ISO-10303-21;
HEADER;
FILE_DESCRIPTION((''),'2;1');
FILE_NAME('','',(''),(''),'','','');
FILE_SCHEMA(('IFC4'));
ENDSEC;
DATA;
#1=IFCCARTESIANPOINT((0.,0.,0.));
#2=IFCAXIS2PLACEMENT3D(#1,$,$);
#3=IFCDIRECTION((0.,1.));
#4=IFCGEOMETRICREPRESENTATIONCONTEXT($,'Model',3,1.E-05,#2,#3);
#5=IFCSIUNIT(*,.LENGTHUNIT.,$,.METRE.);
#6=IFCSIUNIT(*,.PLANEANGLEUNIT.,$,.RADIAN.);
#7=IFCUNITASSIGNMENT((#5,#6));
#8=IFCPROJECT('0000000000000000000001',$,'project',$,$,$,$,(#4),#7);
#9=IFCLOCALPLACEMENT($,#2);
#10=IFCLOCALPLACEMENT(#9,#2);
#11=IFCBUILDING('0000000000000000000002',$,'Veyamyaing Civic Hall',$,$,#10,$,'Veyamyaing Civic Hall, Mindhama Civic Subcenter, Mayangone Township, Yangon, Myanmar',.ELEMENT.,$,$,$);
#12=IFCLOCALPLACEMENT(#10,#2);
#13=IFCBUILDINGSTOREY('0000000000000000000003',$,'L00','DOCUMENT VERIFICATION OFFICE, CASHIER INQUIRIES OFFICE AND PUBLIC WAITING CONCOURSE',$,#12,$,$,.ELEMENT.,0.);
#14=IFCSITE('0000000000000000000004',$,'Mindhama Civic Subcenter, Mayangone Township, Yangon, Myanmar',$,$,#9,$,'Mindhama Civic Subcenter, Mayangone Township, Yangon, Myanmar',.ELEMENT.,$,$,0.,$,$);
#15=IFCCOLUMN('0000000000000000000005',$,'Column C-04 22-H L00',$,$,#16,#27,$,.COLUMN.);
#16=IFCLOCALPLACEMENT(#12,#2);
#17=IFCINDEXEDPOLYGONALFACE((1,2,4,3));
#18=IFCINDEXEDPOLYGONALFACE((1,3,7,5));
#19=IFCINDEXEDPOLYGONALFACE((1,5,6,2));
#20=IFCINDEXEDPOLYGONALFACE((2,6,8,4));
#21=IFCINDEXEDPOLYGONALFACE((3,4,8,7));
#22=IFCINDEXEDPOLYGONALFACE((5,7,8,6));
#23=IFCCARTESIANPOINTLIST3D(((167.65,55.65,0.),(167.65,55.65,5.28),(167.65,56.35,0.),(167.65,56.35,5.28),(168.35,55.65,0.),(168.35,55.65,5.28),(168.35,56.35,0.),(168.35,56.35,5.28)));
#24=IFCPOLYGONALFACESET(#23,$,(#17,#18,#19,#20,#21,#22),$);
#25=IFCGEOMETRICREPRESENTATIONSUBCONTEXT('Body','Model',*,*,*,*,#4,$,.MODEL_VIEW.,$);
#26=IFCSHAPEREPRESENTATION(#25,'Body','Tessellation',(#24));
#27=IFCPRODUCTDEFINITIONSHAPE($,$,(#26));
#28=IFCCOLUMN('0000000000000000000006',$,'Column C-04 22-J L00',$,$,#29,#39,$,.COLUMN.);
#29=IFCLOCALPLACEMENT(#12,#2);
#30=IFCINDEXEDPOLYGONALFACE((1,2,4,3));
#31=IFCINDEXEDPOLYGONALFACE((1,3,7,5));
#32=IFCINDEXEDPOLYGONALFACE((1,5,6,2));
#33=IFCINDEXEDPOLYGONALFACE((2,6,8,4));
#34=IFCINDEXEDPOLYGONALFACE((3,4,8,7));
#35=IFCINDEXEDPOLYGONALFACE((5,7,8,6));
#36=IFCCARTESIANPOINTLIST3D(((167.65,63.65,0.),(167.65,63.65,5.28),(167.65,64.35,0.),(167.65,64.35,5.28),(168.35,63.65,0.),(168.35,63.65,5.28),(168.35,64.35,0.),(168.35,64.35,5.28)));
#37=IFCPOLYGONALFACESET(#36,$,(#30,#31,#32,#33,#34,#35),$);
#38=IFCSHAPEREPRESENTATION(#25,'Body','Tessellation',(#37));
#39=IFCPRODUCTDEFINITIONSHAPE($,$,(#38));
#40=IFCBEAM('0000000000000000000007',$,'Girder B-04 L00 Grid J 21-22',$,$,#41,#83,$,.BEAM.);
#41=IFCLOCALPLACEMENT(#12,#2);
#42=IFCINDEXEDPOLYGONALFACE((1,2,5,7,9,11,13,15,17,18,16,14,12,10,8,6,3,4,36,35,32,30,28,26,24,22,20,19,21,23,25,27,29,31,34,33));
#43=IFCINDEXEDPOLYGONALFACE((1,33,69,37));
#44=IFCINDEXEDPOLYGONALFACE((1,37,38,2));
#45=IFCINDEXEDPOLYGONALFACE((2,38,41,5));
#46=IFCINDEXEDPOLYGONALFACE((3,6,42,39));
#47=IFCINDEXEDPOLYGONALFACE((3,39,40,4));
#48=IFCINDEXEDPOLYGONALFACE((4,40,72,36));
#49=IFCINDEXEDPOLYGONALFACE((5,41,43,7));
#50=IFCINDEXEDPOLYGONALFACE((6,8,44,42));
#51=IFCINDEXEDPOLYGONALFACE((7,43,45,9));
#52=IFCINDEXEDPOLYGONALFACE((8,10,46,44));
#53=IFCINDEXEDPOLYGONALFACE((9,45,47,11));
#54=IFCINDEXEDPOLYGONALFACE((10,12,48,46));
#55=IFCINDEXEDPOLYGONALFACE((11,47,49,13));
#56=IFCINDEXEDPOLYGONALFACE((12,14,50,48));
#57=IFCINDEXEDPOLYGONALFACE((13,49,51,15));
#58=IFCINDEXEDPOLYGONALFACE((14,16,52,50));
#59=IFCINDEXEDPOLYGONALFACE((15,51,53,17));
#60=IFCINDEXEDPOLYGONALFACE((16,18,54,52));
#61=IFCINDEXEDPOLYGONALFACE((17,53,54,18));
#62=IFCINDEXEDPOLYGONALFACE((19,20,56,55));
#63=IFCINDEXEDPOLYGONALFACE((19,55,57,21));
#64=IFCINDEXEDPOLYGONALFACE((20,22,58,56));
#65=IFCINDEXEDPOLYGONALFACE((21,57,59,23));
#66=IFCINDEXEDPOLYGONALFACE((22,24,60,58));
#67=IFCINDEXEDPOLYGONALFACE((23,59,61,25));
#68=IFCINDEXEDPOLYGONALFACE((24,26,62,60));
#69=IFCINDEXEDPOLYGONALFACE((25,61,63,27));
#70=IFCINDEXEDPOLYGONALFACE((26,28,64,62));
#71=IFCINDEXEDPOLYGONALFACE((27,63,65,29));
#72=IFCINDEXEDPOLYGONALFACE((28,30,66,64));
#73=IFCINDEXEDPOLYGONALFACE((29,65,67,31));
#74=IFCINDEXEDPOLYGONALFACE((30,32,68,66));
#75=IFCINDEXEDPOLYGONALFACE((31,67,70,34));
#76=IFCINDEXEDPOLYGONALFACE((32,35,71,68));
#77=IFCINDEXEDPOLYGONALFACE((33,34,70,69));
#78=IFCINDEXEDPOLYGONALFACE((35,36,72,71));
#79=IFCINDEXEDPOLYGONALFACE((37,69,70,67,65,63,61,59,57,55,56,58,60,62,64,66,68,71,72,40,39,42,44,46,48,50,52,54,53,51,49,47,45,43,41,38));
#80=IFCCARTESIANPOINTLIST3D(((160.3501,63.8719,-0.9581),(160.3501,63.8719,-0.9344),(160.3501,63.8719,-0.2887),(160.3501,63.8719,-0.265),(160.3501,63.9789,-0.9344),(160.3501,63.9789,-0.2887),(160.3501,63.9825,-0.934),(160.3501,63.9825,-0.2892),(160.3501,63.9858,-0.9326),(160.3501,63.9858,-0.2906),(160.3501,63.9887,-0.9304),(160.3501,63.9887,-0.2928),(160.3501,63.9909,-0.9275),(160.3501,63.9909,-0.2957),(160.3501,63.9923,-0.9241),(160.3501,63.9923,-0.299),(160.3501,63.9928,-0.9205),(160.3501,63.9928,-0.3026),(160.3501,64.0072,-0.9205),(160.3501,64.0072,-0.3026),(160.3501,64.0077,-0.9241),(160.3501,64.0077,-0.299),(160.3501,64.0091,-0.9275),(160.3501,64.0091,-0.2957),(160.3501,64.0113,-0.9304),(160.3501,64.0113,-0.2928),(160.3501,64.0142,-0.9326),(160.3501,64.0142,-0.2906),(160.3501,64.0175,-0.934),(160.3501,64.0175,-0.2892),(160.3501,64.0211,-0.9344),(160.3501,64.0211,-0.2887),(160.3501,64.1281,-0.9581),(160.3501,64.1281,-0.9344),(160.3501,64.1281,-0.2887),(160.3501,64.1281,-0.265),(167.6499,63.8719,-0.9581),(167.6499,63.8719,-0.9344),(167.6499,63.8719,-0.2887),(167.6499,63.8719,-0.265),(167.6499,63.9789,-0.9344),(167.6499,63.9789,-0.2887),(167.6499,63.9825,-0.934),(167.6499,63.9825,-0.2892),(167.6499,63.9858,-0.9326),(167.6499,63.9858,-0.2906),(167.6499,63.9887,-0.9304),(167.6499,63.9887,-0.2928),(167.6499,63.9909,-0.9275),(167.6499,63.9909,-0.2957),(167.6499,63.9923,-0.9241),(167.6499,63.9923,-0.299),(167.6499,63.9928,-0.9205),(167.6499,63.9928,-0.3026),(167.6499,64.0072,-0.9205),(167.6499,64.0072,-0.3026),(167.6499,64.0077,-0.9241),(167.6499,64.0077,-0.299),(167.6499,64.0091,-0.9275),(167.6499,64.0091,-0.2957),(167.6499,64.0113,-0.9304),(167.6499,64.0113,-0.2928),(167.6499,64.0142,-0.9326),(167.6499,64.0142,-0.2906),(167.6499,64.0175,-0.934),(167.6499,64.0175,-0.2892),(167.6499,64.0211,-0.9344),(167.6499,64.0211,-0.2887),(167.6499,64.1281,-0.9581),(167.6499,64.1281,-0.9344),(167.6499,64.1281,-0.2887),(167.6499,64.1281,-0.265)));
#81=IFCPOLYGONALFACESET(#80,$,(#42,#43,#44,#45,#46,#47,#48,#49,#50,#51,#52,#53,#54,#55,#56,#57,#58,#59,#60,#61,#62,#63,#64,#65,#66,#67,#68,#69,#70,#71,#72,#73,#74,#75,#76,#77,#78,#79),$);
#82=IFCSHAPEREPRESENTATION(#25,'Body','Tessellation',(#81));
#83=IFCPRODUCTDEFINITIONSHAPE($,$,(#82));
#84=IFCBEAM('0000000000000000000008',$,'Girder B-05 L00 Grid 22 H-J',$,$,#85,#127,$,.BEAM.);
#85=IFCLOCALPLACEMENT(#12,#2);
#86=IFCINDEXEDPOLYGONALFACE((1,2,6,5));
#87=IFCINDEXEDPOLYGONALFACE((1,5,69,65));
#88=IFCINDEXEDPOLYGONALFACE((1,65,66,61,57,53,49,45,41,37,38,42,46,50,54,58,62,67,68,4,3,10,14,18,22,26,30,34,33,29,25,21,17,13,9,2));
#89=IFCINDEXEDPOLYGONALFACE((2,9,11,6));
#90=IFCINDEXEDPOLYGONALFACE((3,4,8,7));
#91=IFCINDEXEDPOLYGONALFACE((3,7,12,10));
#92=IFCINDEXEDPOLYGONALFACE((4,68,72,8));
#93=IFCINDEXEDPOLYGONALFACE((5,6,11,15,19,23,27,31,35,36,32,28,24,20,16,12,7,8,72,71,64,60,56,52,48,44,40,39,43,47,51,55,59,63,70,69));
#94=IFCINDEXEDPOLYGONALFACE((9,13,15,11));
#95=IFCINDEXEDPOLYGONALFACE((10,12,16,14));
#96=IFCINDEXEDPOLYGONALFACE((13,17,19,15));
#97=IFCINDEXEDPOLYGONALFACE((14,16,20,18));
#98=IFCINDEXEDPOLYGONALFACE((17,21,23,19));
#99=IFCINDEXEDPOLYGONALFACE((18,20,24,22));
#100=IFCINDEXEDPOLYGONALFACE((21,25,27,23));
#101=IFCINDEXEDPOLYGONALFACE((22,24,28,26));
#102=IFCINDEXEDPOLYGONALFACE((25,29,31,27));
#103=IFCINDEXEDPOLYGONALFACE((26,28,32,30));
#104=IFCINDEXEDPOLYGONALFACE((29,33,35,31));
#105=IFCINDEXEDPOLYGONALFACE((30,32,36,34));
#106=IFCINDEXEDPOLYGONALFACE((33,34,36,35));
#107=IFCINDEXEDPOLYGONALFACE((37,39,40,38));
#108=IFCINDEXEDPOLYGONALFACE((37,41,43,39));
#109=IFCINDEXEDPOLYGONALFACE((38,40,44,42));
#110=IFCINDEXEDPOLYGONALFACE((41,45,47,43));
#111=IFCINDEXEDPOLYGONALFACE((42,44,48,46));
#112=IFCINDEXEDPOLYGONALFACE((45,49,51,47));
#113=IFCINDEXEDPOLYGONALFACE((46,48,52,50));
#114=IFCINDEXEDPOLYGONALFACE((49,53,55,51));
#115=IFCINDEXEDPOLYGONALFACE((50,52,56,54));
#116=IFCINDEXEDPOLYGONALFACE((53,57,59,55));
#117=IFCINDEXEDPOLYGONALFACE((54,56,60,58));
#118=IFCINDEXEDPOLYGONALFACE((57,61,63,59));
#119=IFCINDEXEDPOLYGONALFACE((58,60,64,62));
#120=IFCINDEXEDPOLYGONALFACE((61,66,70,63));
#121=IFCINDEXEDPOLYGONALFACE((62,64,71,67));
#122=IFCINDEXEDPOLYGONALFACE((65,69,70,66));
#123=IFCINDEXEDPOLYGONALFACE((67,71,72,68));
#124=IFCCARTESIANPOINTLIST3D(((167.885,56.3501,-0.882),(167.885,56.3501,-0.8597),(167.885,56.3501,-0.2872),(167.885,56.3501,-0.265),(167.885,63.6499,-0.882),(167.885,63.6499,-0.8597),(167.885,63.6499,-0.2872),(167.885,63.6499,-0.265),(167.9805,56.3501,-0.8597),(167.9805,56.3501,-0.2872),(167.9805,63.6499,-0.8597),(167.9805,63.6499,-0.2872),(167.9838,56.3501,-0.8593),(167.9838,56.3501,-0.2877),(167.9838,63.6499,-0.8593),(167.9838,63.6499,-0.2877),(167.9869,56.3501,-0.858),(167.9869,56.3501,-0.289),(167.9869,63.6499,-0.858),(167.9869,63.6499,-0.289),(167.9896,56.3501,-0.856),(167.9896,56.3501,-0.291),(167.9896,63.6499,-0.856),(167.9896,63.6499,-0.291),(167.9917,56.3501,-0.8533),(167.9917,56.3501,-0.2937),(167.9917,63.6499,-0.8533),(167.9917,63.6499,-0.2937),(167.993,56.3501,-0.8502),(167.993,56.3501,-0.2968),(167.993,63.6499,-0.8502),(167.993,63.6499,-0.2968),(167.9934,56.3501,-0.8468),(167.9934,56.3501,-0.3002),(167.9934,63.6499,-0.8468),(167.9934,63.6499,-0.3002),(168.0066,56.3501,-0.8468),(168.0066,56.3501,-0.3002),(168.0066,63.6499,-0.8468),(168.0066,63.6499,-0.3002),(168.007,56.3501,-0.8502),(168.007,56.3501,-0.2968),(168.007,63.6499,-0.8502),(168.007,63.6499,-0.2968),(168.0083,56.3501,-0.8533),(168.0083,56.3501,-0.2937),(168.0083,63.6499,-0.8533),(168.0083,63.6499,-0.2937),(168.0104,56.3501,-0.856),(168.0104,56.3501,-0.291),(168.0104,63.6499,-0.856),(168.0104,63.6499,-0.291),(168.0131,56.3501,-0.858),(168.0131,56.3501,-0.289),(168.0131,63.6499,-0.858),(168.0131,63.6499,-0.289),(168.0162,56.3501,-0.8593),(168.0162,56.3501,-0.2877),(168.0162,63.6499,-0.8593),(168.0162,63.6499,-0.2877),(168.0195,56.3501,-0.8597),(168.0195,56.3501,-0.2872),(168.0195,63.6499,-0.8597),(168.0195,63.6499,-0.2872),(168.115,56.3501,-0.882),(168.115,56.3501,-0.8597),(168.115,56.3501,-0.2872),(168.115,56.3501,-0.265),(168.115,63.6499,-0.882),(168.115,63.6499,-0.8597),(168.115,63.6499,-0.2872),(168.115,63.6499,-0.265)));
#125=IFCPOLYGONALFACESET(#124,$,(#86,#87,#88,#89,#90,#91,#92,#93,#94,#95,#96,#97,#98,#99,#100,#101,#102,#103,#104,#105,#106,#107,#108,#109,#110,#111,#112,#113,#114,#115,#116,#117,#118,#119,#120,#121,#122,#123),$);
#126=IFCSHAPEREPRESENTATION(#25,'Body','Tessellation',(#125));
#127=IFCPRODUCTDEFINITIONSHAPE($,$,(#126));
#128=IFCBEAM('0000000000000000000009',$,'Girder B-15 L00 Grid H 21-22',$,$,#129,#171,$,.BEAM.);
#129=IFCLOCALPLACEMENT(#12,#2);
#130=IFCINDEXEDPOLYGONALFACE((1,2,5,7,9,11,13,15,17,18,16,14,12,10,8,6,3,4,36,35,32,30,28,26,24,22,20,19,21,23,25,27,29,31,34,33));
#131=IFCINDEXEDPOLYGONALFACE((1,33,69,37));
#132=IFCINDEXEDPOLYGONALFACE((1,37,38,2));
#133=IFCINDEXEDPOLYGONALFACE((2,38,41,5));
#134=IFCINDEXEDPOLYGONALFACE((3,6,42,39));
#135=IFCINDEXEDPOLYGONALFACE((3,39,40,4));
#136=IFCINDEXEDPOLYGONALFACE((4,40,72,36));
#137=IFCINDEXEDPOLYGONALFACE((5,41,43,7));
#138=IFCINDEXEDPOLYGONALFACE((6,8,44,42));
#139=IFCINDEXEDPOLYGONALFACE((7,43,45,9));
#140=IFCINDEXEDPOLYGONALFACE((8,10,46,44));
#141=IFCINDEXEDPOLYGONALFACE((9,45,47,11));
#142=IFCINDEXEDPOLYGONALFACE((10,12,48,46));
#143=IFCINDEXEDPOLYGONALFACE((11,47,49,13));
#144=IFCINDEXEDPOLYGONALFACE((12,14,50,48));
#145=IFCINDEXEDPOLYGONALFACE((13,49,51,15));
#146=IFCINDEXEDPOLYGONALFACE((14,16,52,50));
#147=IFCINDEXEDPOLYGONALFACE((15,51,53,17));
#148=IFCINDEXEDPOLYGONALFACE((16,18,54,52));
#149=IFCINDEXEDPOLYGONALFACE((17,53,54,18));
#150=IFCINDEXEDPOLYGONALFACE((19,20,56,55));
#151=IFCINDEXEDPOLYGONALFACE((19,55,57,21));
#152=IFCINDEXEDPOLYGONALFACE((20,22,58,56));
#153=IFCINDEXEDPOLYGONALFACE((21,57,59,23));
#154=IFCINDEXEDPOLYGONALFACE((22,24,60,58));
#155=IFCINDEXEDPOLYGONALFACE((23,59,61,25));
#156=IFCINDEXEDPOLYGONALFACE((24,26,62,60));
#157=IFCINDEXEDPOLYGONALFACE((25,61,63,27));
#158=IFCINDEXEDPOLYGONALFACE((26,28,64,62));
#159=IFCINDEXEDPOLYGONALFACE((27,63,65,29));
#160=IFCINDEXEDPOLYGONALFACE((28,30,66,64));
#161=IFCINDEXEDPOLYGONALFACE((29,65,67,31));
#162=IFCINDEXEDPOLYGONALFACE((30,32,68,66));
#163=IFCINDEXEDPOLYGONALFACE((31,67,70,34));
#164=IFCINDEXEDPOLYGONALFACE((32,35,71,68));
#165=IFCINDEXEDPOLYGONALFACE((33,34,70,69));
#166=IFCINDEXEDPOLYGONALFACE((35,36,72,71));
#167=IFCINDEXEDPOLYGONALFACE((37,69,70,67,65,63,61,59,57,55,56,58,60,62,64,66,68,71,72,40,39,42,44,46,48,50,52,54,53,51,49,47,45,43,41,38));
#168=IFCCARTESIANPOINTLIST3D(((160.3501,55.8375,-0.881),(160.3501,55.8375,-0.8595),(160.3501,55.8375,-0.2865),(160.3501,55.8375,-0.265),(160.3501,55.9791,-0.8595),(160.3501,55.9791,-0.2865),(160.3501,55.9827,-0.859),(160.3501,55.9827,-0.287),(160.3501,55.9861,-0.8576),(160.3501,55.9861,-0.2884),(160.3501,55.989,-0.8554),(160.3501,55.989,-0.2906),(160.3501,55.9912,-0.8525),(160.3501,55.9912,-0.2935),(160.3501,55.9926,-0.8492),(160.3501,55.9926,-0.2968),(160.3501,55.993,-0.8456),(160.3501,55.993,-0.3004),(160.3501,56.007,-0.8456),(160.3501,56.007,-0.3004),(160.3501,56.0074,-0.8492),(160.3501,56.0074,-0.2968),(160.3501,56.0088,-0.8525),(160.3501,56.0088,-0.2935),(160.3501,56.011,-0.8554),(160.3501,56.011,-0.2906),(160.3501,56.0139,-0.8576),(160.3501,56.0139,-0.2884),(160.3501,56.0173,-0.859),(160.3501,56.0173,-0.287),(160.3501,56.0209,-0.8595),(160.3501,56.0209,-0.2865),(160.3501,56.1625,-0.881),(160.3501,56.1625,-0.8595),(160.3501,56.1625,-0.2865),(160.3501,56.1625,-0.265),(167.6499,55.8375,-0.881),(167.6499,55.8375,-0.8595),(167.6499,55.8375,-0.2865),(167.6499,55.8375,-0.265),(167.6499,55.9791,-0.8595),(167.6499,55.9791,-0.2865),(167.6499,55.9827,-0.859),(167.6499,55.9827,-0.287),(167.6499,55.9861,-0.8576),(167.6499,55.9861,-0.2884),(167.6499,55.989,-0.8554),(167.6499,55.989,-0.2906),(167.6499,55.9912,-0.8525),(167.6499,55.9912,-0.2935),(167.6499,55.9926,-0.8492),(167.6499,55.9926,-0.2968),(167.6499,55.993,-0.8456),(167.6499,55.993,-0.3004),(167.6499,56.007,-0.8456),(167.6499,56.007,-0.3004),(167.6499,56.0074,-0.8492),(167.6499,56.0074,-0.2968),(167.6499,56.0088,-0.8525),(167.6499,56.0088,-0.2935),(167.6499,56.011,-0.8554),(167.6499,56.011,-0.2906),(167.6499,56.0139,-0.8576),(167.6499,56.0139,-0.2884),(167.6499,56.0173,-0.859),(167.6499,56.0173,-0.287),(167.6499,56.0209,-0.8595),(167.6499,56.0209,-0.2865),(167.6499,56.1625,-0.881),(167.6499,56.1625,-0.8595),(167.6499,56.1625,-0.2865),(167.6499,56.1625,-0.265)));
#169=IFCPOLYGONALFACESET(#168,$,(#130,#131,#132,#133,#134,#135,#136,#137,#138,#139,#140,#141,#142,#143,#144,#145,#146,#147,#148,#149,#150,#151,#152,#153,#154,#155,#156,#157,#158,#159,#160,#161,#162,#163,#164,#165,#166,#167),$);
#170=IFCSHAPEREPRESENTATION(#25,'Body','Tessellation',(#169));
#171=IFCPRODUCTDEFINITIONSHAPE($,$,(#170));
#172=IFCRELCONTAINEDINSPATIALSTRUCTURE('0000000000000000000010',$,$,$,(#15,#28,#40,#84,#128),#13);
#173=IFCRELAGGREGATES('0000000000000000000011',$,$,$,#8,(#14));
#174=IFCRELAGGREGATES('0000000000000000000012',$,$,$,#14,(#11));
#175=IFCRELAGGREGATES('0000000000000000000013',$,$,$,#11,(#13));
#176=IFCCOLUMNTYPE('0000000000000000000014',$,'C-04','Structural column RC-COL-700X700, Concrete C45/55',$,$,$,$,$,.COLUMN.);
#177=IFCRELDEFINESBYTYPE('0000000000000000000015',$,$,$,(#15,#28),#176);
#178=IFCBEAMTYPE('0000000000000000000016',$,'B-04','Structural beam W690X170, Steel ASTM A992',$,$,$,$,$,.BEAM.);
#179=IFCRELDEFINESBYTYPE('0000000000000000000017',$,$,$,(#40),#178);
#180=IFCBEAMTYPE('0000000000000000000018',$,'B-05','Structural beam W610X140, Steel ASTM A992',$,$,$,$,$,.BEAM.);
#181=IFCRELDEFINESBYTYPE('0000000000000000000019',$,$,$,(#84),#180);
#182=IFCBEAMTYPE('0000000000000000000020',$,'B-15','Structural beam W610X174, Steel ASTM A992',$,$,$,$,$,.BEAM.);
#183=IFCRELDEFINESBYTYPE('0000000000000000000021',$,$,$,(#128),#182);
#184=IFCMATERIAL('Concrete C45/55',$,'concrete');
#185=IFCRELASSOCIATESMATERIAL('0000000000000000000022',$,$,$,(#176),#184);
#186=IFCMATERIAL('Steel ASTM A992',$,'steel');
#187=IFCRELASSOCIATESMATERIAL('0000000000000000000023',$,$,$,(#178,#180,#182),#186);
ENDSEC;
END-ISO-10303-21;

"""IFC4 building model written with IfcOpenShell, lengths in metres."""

from ifc_helpers import new_model, si_unit, direction, frame, origin, origin_2d, place, context, subcontext, project, spatial, rectangle, i_section, extrude, material, material_profile, profile_set, type_object, element, save


model = new_model("IFC4")

# Units and contexts
model_context = context("Model", 3, precision=1e-05, world=origin(), true_north=direction((0.0, 1.0)))
body_context = subcontext(model_context, "Body", "Model", "MODEL_VIEW")
ifc_project = project(units=[si_unit("LENGTHUNIT", "METRE"), si_unit("PLANEANGLEUNIT", "RADIAN")], contexts=[model_context])

# Site, building, storey
site_placement = place(None, origin())
site = spatial("IfcSite", under=ifc_project, at=site_placement, Name="Mindhama Civic Subcenter, Mayangone Township, Yangon, Myanmar", LongName="Mindhama Civic Subcenter, Mayangone Township, Yangon, Myanmar", CompositionType="ELEMENT", RefElevation=0.0)
building_placement = place(site_placement, origin())
building = spatial("IfcBuilding", under=site, at=building_placement, Name="Veyamyaing Civic Hall", LongName="Veyamyaing Civic Hall, Mindhama Civic Subcenter, Mayangone Township, Yangon, Myanmar", CompositionType="ELEMENT")
storey_placement = place(building_placement, origin())
storey = spatial("IfcBuildingStorey", under=building, at=storey_placement, Name="L00", Description="DOCUMENT VERIFICATION OFFICE, CASHIER INQUIRIES OFFICE AND PUBLIC WAITING CONCOURSE", CompositionType="ELEMENT", Elevation=0.0)

# Columns
ifc_material_1 = material(Name="Concrete C45/55", Category="concrete")
ifc_material_profile_1 = material_profile(ifc_material_1, rectangle(XDim=0.7, YDim=0.7, at=origin_2d()), Name="RC-COL-700X700")
ifc_profile_set_1 = profile_set([ifc_material_profile_1], Name="Concrete C45/55")
column_type = type_object("IfcColumnType", Name="C-04", Description="Structural column RC-COL-700X700, Concrete C45/55", PredefinedType="COLUMN", material=ifc_profile_set_1)
for number, where, z_axis, x_axis, name in (
    (1, (168.0, 56.0, 0.0), (0.0, 0.0, 1.0), (1.0, 0.0, 0.0), "Column C-04 22-H L00"),
    (2, (168.0, 64.0, 0.0), (0.0, 0.0, 1.0), (1.0, 0.0, 0.0), "Column C-04 22-J L00"),
):
    element("IfcColumn", number, at=place(storey_placement, frame(where, z_axis=z_axis, x_axis=x_axis)), inside=storey, type_object=column_type, Name=name, PredefinedType="COLUMN", context=body_context, shape_type="SweptSolid", body=[
        extrude(rectangle(XDim=0.7, YDim=0.7, at=origin_2d()), origin(), (0.0, 0.0, 1.0), 5.28),
    ])

# Beams
ifc_material_2 = material(Name="Steel ASTM A992", Category="steel")
ifc_material_profile_2 = material_profile(ifc_material_2, i_section(OverallWidth=0.2561, OverallDepth=0.6931, WebThickness=0.0144, FlangeThickness=0.0237, FilletRadius=0.0139, at=origin_2d()), Name="W690X170")
ifc_profile_set_2 = profile_set([ifc_material_profile_2], Name="Steel ASTM A992")
beam_type_1 = type_object("IfcBeamType", Name="B-04", Description="Structural beam W690X170, Steel ASTM A992", PredefinedType="BEAM", material=ifc_profile_set_2)
beam_1_placement = place(storey_placement, frame((160.3501, 64.0, -0.6116), z_axis=(1.0, 0.0, 0.0), x_axis=(0.0, 1.0, 0.0)))
element("IfcBeam", 3, at=beam_1_placement, inside=storey, type_object=beam_type_1, Name="Girder B-04 L00 Grid J 21-22", PredefinedType="BEAM", context=body_context, shape_type="SweptSolid", body=[
    extrude(i_section(OverallWidth=0.2561, OverallDepth=0.6931, WebThickness=0.0144, FlangeThickness=0.0237, FilletRadius=0.0139, at=origin_2d()), origin(), (0.0, 0.0, 1.0), 7.2998),
])
ifc_material_profile_3 = material_profile(ifc_material_2, i_section(OverallWidth=0.23, OverallDepth=0.6169, WebThickness=0.0132, FlangeThickness=0.0222, FilletRadius=0.0129, at=origin_2d()), Name="W610X140")
ifc_profile_set_3 = profile_set([ifc_material_profile_3], Name="Steel ASTM A992")
beam_type_2 = type_object("IfcBeamType", Name="B-05", Description="Structural beam W610X140, Steel ASTM A992", PredefinedType="BEAM", material=ifc_profile_set_3)
beam_2_placement = place(storey_placement, frame((168.0, 56.3501, -0.5735), z_axis=(0.0, 1.0, 0.0), x_axis=(-1.0, 0.0, 0.0)))
element("IfcBeam", 4, at=beam_2_placement, inside=storey, type_object=beam_type_2, Name="Girder B-05 L00 Grid 22 H-J", PredefinedType="BEAM", context=body_context, shape_type="SweptSolid", body=[
    extrude(i_section(OverallWidth=0.23, OverallDepth=0.6169, WebThickness=0.0132, FlangeThickness=0.0222, FilletRadius=0.0129, at=origin_2d()), origin(), (0.0, 0.0, 1.0), 7.2998),
])
ifc_material_profile_4 = material_profile(ifc_material_2, i_section(OverallWidth=0.325, OverallDepth=0.616, WebThickness=0.0139, FlangeThickness=0.0215, FilletRadius=0.0139, at=origin_2d()), Name="W610X174")
ifc_profile_set_4 = profile_set([ifc_material_profile_4], Name="Steel ASTM A992")
beam_type_3 = type_object("IfcBeamType", Name="B-15", Description="Structural beam W610X174, Steel ASTM A992", PredefinedType="BEAM", material=ifc_profile_set_4)
beam_3_placement = place(storey_placement, frame((160.3501, 56.0, -0.573), z_axis=(1.0, 0.0, 0.0), x_axis=(0.0, 1.0, 0.0)))
element("IfcBeam", 5, at=beam_3_placement, inside=storey, type_object=beam_type_3, Name="Girder B-15 L00 Grid H 21-22", PredefinedType="BEAM", context=body_context, shape_type="SweptSolid", body=[
    extrude(i_section(OverallWidth=0.325, OverallDepth=0.616, WebThickness=0.0139, FlangeThickness=0.0215, FilletRadius=0.0139, at=origin_2d()), origin(), (0.0, 0.0, 1.0), 7.2998),
])

save(model, "model.ifc")
